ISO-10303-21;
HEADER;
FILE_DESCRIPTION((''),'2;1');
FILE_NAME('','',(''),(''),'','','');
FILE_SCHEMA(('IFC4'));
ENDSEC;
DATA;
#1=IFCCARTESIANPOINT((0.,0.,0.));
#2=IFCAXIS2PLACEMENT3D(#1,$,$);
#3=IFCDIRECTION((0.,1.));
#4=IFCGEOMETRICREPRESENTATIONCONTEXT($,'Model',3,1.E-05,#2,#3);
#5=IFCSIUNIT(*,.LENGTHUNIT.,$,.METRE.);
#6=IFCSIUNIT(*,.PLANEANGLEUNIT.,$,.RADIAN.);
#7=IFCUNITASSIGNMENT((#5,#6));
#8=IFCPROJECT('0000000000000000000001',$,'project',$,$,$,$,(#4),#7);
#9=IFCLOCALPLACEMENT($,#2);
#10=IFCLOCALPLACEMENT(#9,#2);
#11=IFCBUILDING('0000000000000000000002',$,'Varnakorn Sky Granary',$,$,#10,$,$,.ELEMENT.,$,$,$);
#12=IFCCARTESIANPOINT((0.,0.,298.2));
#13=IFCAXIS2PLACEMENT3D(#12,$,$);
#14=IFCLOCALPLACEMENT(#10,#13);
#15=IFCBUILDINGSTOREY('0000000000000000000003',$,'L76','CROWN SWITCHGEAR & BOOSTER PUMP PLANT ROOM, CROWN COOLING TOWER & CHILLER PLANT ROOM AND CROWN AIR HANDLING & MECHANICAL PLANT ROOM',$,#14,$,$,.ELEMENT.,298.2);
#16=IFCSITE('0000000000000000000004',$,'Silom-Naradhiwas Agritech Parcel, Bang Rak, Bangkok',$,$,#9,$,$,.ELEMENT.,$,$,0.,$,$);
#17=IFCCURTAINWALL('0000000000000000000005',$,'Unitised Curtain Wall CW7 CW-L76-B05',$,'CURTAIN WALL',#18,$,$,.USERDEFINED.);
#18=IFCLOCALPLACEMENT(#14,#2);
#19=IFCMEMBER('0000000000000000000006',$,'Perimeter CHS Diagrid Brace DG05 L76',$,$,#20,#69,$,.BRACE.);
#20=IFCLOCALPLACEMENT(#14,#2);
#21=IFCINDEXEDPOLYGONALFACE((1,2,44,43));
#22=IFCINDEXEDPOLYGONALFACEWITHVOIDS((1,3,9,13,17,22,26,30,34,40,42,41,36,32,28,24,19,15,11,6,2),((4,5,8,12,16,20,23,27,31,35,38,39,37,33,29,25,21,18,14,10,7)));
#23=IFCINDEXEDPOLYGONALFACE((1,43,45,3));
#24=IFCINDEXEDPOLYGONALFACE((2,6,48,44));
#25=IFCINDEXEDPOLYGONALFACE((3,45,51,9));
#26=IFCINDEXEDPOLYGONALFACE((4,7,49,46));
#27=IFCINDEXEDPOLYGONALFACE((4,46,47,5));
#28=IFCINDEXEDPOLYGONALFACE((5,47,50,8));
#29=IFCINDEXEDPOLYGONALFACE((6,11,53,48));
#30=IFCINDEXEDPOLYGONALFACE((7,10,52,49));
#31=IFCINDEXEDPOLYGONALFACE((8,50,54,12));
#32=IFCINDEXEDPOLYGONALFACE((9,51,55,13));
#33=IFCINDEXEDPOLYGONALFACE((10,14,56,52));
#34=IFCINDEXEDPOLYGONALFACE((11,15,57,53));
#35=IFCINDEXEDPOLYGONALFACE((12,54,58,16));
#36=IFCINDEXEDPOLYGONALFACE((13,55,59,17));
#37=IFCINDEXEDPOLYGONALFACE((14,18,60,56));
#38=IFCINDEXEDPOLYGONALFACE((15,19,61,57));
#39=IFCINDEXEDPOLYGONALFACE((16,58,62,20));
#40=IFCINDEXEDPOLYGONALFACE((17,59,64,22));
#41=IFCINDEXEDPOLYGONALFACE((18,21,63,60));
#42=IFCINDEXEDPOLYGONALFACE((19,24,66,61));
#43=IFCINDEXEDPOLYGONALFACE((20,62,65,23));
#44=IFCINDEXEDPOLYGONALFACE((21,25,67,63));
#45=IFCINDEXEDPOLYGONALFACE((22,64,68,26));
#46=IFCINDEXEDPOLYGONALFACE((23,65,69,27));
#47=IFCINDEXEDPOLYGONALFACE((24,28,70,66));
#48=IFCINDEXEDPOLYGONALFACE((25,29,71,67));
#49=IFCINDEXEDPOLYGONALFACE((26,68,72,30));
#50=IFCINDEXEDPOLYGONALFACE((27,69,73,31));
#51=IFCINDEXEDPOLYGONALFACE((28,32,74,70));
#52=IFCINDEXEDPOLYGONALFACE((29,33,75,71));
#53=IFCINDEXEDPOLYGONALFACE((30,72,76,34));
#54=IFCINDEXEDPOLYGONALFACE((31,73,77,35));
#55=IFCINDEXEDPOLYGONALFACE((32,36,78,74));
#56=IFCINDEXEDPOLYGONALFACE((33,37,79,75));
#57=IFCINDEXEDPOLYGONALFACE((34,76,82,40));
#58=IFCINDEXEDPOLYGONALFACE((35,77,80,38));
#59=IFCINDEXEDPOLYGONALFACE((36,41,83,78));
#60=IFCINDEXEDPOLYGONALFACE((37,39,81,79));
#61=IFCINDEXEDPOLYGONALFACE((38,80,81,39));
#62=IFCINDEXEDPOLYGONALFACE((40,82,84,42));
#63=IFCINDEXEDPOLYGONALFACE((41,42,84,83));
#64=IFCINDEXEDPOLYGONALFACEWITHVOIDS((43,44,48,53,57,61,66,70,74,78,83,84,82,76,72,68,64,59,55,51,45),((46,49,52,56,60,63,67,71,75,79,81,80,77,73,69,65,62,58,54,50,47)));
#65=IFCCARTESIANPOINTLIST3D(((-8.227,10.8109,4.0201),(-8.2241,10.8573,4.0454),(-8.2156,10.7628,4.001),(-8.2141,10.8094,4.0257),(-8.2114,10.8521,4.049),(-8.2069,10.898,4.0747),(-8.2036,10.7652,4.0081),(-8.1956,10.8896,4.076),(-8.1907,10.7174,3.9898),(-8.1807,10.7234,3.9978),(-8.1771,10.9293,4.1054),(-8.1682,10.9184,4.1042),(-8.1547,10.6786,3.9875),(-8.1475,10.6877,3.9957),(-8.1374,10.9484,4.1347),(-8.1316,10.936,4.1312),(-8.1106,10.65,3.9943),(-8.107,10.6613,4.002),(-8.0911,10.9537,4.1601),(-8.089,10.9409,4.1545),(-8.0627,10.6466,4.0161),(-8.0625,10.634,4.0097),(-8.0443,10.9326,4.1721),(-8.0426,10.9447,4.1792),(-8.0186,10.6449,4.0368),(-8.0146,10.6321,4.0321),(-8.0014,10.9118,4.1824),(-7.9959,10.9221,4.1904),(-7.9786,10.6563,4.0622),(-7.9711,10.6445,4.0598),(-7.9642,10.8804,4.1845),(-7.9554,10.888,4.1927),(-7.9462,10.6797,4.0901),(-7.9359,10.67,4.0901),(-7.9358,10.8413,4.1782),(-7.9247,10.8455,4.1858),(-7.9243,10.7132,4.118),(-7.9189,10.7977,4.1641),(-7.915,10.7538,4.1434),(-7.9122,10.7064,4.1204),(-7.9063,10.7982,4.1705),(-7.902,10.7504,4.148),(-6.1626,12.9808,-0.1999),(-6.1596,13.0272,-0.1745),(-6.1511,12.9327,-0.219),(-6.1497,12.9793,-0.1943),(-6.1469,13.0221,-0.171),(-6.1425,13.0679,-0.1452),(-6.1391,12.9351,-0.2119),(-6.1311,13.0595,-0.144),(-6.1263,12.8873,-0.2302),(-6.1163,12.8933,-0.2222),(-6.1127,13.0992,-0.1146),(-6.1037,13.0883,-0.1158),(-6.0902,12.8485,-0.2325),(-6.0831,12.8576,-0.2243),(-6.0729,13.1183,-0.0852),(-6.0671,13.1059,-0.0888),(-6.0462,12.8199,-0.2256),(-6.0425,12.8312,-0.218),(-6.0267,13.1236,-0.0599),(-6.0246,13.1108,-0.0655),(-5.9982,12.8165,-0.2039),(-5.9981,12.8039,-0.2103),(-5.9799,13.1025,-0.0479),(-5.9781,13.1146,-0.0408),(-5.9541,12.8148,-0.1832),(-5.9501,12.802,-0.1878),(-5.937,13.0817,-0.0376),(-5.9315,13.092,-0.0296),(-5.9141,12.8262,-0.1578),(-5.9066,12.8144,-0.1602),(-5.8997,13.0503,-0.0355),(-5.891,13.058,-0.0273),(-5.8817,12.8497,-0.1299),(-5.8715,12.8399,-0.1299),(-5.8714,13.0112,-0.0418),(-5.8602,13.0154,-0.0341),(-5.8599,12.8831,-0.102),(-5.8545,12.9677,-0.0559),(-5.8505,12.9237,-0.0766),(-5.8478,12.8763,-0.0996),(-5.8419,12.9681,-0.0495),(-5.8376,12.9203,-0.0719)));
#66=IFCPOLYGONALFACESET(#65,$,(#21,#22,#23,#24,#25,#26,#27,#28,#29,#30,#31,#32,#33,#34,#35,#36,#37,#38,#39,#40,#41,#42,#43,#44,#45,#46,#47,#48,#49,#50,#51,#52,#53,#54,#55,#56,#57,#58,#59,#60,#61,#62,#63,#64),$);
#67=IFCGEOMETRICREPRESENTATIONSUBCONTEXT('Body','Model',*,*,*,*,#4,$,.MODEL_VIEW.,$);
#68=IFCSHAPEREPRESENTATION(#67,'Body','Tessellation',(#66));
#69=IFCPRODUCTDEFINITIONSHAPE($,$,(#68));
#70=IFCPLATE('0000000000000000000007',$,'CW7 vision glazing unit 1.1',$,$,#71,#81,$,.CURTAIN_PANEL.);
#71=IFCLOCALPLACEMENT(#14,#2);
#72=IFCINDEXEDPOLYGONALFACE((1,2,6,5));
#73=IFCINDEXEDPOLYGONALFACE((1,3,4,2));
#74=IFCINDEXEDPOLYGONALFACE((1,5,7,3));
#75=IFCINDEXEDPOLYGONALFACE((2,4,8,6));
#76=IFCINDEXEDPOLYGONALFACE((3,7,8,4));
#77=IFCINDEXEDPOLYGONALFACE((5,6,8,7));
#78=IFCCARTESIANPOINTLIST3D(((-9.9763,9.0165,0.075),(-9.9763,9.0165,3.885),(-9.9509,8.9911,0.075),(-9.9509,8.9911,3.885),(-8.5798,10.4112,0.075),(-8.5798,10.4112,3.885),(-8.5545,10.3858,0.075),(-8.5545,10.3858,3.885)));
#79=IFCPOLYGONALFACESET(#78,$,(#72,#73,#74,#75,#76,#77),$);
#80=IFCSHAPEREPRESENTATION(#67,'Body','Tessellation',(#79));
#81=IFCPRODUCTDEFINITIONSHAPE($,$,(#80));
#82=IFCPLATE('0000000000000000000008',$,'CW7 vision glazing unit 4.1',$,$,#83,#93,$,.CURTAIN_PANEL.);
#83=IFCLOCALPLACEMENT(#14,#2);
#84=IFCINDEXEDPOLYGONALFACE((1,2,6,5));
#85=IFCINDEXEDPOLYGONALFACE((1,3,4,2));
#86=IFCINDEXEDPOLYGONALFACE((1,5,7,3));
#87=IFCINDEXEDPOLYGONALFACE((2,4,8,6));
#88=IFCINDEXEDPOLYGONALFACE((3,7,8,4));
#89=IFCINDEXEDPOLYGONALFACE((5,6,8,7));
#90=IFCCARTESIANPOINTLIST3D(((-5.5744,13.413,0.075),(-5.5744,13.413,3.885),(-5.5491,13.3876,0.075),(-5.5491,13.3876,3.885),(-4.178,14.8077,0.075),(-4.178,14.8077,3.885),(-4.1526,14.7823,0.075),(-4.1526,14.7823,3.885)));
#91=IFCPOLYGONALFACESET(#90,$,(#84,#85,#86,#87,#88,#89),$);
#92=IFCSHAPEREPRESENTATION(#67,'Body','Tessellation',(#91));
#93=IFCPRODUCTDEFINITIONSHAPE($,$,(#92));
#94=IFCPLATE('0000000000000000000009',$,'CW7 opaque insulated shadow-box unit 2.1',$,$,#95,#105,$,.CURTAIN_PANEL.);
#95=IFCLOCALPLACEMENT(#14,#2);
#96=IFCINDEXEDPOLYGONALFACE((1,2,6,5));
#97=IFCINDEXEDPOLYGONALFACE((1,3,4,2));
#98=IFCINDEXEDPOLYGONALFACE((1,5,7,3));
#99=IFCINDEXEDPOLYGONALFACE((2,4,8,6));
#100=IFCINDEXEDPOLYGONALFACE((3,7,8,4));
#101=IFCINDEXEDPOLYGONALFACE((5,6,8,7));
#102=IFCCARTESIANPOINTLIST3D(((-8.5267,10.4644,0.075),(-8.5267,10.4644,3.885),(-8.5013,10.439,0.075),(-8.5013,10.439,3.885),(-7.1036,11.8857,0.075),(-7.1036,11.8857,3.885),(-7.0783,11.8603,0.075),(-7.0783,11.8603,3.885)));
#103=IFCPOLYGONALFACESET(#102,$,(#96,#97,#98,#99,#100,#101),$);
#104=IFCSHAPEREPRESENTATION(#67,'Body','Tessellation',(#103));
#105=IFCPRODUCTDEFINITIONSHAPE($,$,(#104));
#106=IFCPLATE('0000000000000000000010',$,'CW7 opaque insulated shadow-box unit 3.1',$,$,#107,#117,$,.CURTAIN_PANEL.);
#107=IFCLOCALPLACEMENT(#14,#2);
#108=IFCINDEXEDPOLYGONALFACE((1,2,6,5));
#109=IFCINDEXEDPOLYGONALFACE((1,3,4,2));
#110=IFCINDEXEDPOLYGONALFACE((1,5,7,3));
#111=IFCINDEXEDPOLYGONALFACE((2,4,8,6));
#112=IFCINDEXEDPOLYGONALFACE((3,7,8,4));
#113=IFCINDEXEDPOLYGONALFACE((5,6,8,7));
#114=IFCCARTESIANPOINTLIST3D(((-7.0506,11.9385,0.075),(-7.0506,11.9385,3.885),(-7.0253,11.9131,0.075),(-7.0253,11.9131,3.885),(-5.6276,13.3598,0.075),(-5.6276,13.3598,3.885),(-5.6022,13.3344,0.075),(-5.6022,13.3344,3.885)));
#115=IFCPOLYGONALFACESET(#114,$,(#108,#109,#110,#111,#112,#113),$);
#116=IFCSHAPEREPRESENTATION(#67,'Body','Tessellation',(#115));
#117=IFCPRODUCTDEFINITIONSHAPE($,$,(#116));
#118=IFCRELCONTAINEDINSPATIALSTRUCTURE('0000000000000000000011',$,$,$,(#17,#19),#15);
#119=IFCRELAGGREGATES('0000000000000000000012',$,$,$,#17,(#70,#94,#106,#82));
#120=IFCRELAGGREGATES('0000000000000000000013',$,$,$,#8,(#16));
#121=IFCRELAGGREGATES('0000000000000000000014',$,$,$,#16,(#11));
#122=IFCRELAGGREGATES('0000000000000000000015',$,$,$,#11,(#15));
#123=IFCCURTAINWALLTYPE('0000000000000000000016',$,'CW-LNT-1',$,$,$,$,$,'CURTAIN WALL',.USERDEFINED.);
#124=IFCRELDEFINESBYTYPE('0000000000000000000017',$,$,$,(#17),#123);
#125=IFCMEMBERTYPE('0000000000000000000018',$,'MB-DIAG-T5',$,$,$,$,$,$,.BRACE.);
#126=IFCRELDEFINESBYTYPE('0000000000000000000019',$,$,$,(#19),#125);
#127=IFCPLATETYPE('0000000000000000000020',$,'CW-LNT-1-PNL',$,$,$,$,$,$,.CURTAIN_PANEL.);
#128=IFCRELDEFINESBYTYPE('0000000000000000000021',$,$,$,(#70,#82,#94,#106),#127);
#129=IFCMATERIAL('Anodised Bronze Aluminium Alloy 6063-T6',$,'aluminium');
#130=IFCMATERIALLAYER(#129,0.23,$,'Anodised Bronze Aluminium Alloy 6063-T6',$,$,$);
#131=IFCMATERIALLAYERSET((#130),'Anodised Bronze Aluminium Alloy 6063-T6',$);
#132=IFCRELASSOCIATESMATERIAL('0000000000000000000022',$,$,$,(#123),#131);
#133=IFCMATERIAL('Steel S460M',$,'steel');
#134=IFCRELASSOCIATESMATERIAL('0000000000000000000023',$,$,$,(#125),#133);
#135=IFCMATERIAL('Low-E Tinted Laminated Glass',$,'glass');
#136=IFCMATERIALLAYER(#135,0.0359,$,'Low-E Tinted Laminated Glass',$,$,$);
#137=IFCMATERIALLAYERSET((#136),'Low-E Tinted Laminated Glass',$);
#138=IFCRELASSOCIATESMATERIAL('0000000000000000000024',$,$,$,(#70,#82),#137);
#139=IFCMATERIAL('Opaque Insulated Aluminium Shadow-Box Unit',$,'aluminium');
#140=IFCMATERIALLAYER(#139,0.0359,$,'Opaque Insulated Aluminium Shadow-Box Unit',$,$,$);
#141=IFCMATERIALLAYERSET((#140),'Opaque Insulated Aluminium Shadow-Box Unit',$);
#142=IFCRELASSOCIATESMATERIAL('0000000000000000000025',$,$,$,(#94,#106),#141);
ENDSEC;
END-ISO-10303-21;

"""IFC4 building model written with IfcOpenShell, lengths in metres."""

from ifc_helpers import new_model, si_unit, direction, frame, origin, origin_2d, place, context, subcontext, project, spatial, rectangle, hollow_circle, extrude, source, transform, mapped, material, layer, layer_set, material_profile, profile_set, type_object, type_shapes, element, aggregate, save


model = new_model("IFC4")

# Units and contexts
model_context = context("Model", 3, precision=1e-05, world=origin(), true_north=direction((0.0, 1.0)))
body_context = subcontext(model_context, "Body", "Model", "MODEL_VIEW")
ifc_project = project(units=[si_unit("LENGTHUNIT", "METRE"), si_unit("PLANEANGLEUNIT", "RADIAN")], contexts=[model_context])

# Site, building, storey
site_placement = place(None, origin())
site = spatial("IfcSite", under=ifc_project, at=site_placement, Name="Silom-Naradhiwas Agritech Parcel, Bang Rak, Bangkok", CompositionType="ELEMENT", RefElevation=0.0)
building_placement = place(site_placement, origin())
building = spatial("IfcBuilding", under=site, at=building_placement, Name="Varnakorn Sky Granary", CompositionType="ELEMENT")
storey_placement = place(building_placement, frame((0.0, 0.0, 298.2)))
storey = spatial("IfcBuildingStorey", under=building, at=storey_placement, Name="L76", Description="CROWN SWITCHGEAR & BOOSTER PUMP PLANT ROOM, CROWN COOLING TOWER & CHILLER PLANT ROOM AND CROWN AIR HANDLING & MECHANICAL PLANT ROOM", CompositionType="ELEMENT", Elevation=298.2)

# Shared definitions
ifc_material_1 = material(Name="Steel S460M", Category="steel")

# Shared definitions
ifc_material_2 = material(Name="Anodised Bronze Aluminium Alloy 6063-T6", Category="aluminium")
ifc_layer_1 = layer(ifc_material_2, 0.23, Name="Anodised Bronze Aluminium Alloy 6063-T6")
ifc_layer_set_1 = layer_set([ifc_layer_1], Name="Anodised Bronze Aluminium Alloy 6063-T6")
curtain_wall_type = type_object("IfcCurtainWallType", Name="CW-LNT-1", ElementType="CURTAIN WALL", PredefinedType="USERDEFINED", material=ifc_layer_set_1)

# Curtain wall
curtain_wall_1_placement = place(storey_placement, origin())
curtain_wall_1 = element("IfcCurtainWall", 1, at=curtain_wall_1_placement, inside=storey, type_object=curtain_wall_type, Name="Unitised Curtain Wall CW7 CW-L76-B05", ObjectType="CURTAIN WALL", PredefinedType="USERDEFINED")

# Member
ifc_material_profile_1 = material_profile(ifc_material_1, hollow_circle(Radius=0.1777, WallThickness=0.0142, at=origin_2d()), Name="CHS 355.6x14")
ifc_profile_set_1 = profile_set([ifc_material_profile_1], Name="Steel S460M")
member_type_1 = type_object("IfcMemberType", Name="MB-DIAG-T5", PredefinedType="BRACE", material=ifc_profile_set_1)
member_1_placement = place(storey_placement, frame((-6.0002, 12.9624, -0.1299), z_axis=(-0.398943, -0.419324, 0.815483), x_axis=(0.724495, -0.689281, 0.0)))
element("IfcMember", 2, at=member_1_placement, inside=storey, type_object=member_type_1, Name="Perimeter CHS Diagrid Brace DG05 L76", PredefinedType="BRACE", context=body_context, shape_type="SweptSolid", body=[
    extrude(hollow_circle(Radius=0.1777, WallThickness=0.0142, at=origin_2d()), origin(), (0.0, 0.0, 1.0), 5.1748),
])

# Plates
ifc_material_3 = material(Name="Low-E Tinted Laminated Glass", Category="glass")
ifc_layer_2 = layer(ifc_material_3, 0.0359, Name="Low-E Tinted Laminated Glass")
ifc_layer_set_2 = layer_set([ifc_layer_2], Name="Low-E Tinted Laminated Glass")
plate_type = type_object("IfcPlateType", Name="CW-LNT-1-PNL", PredefinedType="CURTAIN_PANEL")
shared_shape_1 = source(origin(), body_context, "Body", "SweptSolid", [
    extrude(rectangle(XDim=1.9736, YDim=0.0359, at=origin_2d()), origin(), (0.0, 0.0, 1.0), 3.8101),
])
plate_1_placement = place(storey_placement, frame((-9.2654, 9.7012, 0.075), z_axis=(0.0, 0.0, 1.0), x_axis=(0.70755, 0.706663, 0.0)))
plate_1 = element("IfcPlate", 3, at=plate_1_placement, type_object=plate_type, material=ifc_layer_set_2, Name="CW7 vision glazing unit 1.1", PredefinedType="CURTAIN_PANEL", context=body_context, shape_type="MappedRepresentation", body=[
    mapped(shared_shape_1, transform((0.0, 0.0, 0.0), x_axis=(1.0, 0.0, 0.0), y_axis=(0.0, 1.0, 0.0), z_axis=(0.0, 0.0, 1.0), scale=1.0)),
])
plate_2_placement = place(storey_placement, frame((-4.8635, 14.0977, 0.075), z_axis=(0.0, 0.0, 1.0), x_axis=(0.70755, 0.706663, 0.0)))
plate_2 = element("IfcPlate", 4, at=plate_2_placement, type_object=plate_type, material=ifc_layer_set_2, Name="CW7 vision glazing unit 4.1", PredefinedType="CURTAIN_PANEL", context=body_context, shape_type="MappedRepresentation", body=[
    mapped(shared_shape_1, transform((0.0, 0.0, 0.0), x_axis=(1.0, 0.0, 0.0), y_axis=(0.0, 1.0, 0.0), z_axis=(0.0, 0.0, 1.0), scale=1.0)),
])
ifc_material_4 = material(Name="Opaque Insulated Aluminium Shadow-Box Unit", Category="aluminium")
ifc_layer_3 = layer(ifc_material_4, 0.0359, Name="Opaque Insulated Aluminium Shadow-Box Unit")
ifc_layer_set_3 = layer_set([ifc_layer_3], Name="Opaque Insulated Aluminium Shadow-Box Unit")
shared_shape_2 = source(origin(), body_context, "Body", "SweptSolid", [
    extrude(rectangle(XDim=2.0112, YDim=0.0359, at=origin_2d()), origin(), (0.0, 0.0, 1.0), 3.8101),
])
type_shapes(plate_type, [shared_shape_1, shared_shape_2])
plate_3_placement = place(storey_placement, frame((-7.8025, 11.1624, 0.075), z_axis=(0.0, 0.0, 1.0), x_axis=(0.70755, 0.706663, 0.0)))
plate_3 = element("IfcPlate", 5, at=plate_3_placement, type_object=plate_type, material=ifc_layer_set_3, Name="CW7 opaque insulated shadow-box unit 2.1", PredefinedType="CURTAIN_PANEL", context=body_context, shape_type="MappedRepresentation", body=[
    mapped(shared_shape_2, transform((0.0, 0.0, 0.0), x_axis=(1.0, 0.0, 0.0), y_axis=(0.0, 1.0, 0.0), z_axis=(0.0, 0.0, 1.0), scale=1.0)),
])
plate_4_placement = place(storey_placement, frame((-6.3264, 12.6365, 0.075), z_axis=(0.0, 0.0, 1.0), x_axis=(0.70755, 0.706663, 0.0)))
plate_4 = element("IfcPlate", 6, at=plate_4_placement, type_object=plate_type, material=ifc_layer_set_3, Name="CW7 opaque insulated shadow-box unit 3.1", PredefinedType="CURTAIN_PANEL", context=body_context, shape_type="MappedRepresentation", body=[
    mapped(shared_shape_2, transform((0.0, 0.0, 0.0), x_axis=(1.0, 0.0, 0.0), y_axis=(0.0, 1.0, 0.0), z_axis=(0.0, 0.0, 1.0), scale=1.0)),
])
aggregate(curtain_wall_1, [plate_1, plate_3, plate_4, plate_2])

save(model, "model.ifc")
